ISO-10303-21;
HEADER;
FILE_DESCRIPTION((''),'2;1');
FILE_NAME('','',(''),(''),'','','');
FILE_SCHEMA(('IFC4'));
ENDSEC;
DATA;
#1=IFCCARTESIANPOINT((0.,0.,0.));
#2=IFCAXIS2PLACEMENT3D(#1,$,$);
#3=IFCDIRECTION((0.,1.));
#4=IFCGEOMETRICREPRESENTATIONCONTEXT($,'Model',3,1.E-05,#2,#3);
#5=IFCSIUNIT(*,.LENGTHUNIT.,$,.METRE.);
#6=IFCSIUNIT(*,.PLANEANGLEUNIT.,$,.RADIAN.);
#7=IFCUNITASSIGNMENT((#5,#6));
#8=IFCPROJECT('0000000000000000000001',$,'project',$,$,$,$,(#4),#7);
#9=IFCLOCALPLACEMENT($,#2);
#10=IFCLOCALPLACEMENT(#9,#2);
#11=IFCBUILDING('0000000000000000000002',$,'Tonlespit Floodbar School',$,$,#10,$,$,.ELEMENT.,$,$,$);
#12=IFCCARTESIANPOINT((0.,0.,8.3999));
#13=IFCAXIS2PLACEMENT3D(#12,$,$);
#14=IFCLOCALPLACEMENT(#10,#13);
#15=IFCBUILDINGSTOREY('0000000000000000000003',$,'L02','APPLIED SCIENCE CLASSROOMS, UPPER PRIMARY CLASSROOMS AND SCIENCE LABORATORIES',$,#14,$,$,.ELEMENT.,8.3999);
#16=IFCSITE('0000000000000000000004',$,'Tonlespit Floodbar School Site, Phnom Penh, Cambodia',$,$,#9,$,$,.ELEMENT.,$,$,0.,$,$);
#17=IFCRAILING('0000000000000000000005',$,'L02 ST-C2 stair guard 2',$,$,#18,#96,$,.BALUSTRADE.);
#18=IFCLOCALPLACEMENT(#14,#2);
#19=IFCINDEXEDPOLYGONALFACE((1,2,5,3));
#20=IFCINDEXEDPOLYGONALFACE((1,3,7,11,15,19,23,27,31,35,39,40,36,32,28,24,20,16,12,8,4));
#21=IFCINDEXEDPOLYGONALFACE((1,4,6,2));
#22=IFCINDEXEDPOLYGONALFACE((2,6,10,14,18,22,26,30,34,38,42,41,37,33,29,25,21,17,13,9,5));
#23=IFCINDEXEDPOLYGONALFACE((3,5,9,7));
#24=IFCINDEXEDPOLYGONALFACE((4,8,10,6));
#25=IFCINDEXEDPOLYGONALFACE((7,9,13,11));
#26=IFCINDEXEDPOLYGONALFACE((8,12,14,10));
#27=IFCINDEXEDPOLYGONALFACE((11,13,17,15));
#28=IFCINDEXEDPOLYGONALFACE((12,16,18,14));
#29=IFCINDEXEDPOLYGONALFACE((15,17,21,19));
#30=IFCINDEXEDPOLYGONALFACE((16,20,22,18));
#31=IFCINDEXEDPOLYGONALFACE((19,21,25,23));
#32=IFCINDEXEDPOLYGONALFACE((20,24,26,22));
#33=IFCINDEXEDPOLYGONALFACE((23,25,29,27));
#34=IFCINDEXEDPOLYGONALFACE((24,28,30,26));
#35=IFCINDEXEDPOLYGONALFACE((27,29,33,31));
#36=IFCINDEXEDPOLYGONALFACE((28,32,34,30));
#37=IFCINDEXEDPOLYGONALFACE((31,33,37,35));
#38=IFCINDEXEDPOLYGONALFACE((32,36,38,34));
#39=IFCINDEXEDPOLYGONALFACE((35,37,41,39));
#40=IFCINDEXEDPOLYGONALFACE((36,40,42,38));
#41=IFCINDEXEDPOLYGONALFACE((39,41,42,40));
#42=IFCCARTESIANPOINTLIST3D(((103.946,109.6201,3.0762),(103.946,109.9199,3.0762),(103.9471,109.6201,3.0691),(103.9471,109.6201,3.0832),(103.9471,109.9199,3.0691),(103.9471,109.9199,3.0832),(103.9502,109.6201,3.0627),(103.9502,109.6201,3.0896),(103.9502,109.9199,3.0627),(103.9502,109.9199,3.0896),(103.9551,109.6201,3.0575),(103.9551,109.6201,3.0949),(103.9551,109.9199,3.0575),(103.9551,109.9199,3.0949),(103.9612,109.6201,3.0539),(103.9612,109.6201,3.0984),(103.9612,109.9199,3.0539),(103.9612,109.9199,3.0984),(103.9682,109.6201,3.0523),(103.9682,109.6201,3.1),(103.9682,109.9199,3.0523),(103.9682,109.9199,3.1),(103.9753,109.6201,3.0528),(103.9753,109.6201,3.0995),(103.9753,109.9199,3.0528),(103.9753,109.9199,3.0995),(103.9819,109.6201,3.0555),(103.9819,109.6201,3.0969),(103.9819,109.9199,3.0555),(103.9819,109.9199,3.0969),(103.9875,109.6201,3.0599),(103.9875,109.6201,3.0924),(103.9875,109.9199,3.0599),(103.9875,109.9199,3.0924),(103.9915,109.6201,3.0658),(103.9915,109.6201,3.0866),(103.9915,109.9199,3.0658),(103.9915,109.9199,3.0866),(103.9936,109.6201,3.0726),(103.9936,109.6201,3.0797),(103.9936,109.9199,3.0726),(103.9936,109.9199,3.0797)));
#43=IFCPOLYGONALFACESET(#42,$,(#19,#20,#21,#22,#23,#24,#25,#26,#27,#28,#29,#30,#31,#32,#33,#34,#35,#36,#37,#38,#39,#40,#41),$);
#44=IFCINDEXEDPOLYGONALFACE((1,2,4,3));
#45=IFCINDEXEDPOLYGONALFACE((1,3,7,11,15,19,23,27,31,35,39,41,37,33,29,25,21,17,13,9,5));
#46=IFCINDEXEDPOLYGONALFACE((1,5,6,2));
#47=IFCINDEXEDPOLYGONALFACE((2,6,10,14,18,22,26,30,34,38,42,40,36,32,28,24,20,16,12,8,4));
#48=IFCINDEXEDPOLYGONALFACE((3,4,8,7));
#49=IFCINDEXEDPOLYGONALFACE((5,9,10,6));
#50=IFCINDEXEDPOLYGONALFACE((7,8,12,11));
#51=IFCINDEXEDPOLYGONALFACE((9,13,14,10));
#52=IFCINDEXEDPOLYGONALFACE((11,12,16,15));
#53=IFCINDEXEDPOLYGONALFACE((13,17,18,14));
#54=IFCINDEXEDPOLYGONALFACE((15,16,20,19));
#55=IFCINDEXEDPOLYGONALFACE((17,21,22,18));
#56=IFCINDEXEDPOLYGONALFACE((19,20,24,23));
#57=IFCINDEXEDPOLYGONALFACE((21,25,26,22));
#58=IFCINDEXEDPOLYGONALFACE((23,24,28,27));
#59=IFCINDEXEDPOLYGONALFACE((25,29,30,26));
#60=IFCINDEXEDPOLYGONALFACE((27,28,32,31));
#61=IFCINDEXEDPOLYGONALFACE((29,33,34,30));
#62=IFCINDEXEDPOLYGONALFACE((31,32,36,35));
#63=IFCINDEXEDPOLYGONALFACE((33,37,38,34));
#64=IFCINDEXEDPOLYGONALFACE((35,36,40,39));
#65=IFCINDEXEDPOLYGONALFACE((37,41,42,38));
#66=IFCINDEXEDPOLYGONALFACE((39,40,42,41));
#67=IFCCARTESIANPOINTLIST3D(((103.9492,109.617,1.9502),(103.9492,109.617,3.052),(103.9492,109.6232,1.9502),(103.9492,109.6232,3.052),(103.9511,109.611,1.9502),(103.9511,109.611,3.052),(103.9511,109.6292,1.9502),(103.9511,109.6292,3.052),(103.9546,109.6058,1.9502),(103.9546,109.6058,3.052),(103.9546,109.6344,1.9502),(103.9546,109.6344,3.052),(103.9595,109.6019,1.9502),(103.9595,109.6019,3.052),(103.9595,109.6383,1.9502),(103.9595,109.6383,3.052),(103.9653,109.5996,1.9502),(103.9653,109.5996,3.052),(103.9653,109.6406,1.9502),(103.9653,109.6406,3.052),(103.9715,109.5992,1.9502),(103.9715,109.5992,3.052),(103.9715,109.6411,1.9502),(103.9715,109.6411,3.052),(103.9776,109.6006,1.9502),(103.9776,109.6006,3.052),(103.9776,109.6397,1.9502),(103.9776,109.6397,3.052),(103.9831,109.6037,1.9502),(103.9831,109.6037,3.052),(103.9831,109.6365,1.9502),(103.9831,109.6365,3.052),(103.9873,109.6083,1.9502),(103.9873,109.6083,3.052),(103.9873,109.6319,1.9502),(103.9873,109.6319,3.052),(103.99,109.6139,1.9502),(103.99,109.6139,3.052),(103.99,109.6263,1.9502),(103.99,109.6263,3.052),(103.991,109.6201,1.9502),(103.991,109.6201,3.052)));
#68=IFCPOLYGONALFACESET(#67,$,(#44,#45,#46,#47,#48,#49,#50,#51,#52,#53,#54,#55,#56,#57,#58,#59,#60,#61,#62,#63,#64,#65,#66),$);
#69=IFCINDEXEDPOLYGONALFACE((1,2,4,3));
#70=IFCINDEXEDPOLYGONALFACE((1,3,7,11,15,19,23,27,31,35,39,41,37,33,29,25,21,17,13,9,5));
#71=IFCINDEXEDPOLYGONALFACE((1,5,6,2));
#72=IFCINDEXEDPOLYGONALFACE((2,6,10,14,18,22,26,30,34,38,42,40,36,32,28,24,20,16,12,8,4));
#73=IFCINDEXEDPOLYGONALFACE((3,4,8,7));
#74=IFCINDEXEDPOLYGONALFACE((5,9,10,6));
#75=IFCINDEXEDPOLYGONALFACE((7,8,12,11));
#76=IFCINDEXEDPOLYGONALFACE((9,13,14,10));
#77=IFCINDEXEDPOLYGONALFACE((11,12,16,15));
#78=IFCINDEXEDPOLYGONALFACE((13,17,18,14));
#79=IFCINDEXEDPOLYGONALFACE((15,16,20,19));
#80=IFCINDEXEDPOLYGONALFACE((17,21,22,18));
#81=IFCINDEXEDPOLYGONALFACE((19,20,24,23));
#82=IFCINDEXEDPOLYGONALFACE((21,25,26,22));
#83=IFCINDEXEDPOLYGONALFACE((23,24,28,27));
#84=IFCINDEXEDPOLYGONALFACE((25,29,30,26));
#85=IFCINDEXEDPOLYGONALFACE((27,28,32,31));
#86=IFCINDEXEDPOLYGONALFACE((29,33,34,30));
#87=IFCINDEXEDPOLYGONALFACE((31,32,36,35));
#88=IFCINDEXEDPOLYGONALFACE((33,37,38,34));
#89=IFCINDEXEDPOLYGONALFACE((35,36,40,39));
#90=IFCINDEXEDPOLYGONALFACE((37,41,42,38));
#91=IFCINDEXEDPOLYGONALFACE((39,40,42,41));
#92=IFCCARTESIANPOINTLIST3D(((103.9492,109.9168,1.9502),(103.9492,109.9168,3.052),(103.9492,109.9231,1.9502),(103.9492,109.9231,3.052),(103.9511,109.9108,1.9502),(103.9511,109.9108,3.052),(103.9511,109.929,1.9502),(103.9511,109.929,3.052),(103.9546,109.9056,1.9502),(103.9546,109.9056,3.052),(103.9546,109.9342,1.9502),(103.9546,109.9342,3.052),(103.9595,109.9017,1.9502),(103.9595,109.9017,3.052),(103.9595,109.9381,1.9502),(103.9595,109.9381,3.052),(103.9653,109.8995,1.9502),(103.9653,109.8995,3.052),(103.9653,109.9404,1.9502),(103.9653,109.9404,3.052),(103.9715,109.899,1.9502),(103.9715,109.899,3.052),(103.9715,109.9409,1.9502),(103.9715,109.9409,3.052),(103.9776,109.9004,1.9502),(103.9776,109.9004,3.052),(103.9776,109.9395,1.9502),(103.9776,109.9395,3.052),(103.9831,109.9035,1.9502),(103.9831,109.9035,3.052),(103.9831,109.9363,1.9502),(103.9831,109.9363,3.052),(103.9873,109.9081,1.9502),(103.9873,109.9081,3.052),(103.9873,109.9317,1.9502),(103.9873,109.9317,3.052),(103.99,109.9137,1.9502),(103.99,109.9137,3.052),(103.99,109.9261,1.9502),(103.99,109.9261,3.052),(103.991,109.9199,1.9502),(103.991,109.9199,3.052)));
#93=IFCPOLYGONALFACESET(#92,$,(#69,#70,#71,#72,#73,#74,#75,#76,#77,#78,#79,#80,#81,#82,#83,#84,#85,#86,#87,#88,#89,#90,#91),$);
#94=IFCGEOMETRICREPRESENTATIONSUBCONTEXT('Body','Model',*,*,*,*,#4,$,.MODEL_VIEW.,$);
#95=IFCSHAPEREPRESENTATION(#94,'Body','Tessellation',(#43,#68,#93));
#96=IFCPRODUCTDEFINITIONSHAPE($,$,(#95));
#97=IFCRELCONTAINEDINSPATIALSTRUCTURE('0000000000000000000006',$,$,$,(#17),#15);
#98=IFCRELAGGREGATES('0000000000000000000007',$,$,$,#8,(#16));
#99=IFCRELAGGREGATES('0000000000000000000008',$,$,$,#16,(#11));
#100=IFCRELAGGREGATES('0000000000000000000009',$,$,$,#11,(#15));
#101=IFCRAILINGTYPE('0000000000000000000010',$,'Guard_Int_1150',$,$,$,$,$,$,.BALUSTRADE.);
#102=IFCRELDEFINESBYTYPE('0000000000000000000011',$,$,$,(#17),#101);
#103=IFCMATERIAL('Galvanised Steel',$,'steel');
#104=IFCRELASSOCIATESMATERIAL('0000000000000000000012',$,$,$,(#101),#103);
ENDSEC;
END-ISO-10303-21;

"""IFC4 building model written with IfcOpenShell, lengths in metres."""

from ifc_helpers import new_model, si_unit, direction, frame, origin, origin_2d, place, context, subcontext, project, spatial, circle, extrude, material, type_object, element, save


model = new_model("IFC4")

# Units and contexts
model_context = context("Model", 3, precision=1e-05, world=origin(), true_north=direction((0.0, 1.0)))
body_context = subcontext(model_context, "Body", "Model", "MODEL_VIEW")
ifc_project = project(units=[si_unit("LENGTHUNIT", "METRE"), si_unit("PLANEANGLEUNIT", "RADIAN")], contexts=[model_context])

# Site, building, storey
site_placement = place(None, origin())
site = spatial("IfcSite", under=ifc_project, at=site_placement, Name="Tonlespit Floodbar School Site, Phnom Penh, Cambodia", CompositionType="ELEMENT", RefElevation=0.0)
building_placement = place(site_placement, origin())
building = spatial("IfcBuilding", under=site, at=building_placement, Name="Tonlespit Floodbar School", CompositionType="ELEMENT")
storey_placement = place(building_placement, frame((0.0, 0.0, 8.3999)))
storey = spatial("IfcBuildingStorey", under=building, at=storey_placement, Name="L02", Description="APPLIED SCIENCE CLASSROOMS, UPPER PRIMARY CLASSROOMS AND SCIENCE LABORATORIES", CompositionType="ELEMENT", Elevation=8.3999)

# Railing
ifc_material_1 = material(Name="Galvanised Steel", Category="steel")
railing_type_1 = type_object("IfcRailingType", Name="Guard_Int_1150", PredefinedType="BALUSTRADE", material=ifc_material_1)
railing_1_placement = place(storey_placement, frame((103.97, 109.6201, 1.9502)))
element("IfcRailing", 1, at=railing_1_placement, inside=storey, type_object=railing_type_1, Name="L02 ST-C2 stair guard 2", PredefinedType="BALUSTRADE", context=body_context, shape_type="SweptSolid", body=[
    extrude(circle(Radius=0.0239, at=origin_2d()), frame((0.0, 0.0, 1.126), z_axis=(0.0, 1.0, 0.0), x_axis=(-1.0, 0.0, 0.0)), (0.0, 0.0, 1.0), 0.2998),
    extrude(circle(Radius=0.021, at=origin_2d()), origin(), (0.0, 0.0, 1.0), 1.1018),
    extrude(circle(Radius=0.021, at=origin_2d()), frame((0.0, 0.2998, 0.0)), (0.0, 0.0, 1.0), 1.1018),
])

save(model, "model.ifc")
